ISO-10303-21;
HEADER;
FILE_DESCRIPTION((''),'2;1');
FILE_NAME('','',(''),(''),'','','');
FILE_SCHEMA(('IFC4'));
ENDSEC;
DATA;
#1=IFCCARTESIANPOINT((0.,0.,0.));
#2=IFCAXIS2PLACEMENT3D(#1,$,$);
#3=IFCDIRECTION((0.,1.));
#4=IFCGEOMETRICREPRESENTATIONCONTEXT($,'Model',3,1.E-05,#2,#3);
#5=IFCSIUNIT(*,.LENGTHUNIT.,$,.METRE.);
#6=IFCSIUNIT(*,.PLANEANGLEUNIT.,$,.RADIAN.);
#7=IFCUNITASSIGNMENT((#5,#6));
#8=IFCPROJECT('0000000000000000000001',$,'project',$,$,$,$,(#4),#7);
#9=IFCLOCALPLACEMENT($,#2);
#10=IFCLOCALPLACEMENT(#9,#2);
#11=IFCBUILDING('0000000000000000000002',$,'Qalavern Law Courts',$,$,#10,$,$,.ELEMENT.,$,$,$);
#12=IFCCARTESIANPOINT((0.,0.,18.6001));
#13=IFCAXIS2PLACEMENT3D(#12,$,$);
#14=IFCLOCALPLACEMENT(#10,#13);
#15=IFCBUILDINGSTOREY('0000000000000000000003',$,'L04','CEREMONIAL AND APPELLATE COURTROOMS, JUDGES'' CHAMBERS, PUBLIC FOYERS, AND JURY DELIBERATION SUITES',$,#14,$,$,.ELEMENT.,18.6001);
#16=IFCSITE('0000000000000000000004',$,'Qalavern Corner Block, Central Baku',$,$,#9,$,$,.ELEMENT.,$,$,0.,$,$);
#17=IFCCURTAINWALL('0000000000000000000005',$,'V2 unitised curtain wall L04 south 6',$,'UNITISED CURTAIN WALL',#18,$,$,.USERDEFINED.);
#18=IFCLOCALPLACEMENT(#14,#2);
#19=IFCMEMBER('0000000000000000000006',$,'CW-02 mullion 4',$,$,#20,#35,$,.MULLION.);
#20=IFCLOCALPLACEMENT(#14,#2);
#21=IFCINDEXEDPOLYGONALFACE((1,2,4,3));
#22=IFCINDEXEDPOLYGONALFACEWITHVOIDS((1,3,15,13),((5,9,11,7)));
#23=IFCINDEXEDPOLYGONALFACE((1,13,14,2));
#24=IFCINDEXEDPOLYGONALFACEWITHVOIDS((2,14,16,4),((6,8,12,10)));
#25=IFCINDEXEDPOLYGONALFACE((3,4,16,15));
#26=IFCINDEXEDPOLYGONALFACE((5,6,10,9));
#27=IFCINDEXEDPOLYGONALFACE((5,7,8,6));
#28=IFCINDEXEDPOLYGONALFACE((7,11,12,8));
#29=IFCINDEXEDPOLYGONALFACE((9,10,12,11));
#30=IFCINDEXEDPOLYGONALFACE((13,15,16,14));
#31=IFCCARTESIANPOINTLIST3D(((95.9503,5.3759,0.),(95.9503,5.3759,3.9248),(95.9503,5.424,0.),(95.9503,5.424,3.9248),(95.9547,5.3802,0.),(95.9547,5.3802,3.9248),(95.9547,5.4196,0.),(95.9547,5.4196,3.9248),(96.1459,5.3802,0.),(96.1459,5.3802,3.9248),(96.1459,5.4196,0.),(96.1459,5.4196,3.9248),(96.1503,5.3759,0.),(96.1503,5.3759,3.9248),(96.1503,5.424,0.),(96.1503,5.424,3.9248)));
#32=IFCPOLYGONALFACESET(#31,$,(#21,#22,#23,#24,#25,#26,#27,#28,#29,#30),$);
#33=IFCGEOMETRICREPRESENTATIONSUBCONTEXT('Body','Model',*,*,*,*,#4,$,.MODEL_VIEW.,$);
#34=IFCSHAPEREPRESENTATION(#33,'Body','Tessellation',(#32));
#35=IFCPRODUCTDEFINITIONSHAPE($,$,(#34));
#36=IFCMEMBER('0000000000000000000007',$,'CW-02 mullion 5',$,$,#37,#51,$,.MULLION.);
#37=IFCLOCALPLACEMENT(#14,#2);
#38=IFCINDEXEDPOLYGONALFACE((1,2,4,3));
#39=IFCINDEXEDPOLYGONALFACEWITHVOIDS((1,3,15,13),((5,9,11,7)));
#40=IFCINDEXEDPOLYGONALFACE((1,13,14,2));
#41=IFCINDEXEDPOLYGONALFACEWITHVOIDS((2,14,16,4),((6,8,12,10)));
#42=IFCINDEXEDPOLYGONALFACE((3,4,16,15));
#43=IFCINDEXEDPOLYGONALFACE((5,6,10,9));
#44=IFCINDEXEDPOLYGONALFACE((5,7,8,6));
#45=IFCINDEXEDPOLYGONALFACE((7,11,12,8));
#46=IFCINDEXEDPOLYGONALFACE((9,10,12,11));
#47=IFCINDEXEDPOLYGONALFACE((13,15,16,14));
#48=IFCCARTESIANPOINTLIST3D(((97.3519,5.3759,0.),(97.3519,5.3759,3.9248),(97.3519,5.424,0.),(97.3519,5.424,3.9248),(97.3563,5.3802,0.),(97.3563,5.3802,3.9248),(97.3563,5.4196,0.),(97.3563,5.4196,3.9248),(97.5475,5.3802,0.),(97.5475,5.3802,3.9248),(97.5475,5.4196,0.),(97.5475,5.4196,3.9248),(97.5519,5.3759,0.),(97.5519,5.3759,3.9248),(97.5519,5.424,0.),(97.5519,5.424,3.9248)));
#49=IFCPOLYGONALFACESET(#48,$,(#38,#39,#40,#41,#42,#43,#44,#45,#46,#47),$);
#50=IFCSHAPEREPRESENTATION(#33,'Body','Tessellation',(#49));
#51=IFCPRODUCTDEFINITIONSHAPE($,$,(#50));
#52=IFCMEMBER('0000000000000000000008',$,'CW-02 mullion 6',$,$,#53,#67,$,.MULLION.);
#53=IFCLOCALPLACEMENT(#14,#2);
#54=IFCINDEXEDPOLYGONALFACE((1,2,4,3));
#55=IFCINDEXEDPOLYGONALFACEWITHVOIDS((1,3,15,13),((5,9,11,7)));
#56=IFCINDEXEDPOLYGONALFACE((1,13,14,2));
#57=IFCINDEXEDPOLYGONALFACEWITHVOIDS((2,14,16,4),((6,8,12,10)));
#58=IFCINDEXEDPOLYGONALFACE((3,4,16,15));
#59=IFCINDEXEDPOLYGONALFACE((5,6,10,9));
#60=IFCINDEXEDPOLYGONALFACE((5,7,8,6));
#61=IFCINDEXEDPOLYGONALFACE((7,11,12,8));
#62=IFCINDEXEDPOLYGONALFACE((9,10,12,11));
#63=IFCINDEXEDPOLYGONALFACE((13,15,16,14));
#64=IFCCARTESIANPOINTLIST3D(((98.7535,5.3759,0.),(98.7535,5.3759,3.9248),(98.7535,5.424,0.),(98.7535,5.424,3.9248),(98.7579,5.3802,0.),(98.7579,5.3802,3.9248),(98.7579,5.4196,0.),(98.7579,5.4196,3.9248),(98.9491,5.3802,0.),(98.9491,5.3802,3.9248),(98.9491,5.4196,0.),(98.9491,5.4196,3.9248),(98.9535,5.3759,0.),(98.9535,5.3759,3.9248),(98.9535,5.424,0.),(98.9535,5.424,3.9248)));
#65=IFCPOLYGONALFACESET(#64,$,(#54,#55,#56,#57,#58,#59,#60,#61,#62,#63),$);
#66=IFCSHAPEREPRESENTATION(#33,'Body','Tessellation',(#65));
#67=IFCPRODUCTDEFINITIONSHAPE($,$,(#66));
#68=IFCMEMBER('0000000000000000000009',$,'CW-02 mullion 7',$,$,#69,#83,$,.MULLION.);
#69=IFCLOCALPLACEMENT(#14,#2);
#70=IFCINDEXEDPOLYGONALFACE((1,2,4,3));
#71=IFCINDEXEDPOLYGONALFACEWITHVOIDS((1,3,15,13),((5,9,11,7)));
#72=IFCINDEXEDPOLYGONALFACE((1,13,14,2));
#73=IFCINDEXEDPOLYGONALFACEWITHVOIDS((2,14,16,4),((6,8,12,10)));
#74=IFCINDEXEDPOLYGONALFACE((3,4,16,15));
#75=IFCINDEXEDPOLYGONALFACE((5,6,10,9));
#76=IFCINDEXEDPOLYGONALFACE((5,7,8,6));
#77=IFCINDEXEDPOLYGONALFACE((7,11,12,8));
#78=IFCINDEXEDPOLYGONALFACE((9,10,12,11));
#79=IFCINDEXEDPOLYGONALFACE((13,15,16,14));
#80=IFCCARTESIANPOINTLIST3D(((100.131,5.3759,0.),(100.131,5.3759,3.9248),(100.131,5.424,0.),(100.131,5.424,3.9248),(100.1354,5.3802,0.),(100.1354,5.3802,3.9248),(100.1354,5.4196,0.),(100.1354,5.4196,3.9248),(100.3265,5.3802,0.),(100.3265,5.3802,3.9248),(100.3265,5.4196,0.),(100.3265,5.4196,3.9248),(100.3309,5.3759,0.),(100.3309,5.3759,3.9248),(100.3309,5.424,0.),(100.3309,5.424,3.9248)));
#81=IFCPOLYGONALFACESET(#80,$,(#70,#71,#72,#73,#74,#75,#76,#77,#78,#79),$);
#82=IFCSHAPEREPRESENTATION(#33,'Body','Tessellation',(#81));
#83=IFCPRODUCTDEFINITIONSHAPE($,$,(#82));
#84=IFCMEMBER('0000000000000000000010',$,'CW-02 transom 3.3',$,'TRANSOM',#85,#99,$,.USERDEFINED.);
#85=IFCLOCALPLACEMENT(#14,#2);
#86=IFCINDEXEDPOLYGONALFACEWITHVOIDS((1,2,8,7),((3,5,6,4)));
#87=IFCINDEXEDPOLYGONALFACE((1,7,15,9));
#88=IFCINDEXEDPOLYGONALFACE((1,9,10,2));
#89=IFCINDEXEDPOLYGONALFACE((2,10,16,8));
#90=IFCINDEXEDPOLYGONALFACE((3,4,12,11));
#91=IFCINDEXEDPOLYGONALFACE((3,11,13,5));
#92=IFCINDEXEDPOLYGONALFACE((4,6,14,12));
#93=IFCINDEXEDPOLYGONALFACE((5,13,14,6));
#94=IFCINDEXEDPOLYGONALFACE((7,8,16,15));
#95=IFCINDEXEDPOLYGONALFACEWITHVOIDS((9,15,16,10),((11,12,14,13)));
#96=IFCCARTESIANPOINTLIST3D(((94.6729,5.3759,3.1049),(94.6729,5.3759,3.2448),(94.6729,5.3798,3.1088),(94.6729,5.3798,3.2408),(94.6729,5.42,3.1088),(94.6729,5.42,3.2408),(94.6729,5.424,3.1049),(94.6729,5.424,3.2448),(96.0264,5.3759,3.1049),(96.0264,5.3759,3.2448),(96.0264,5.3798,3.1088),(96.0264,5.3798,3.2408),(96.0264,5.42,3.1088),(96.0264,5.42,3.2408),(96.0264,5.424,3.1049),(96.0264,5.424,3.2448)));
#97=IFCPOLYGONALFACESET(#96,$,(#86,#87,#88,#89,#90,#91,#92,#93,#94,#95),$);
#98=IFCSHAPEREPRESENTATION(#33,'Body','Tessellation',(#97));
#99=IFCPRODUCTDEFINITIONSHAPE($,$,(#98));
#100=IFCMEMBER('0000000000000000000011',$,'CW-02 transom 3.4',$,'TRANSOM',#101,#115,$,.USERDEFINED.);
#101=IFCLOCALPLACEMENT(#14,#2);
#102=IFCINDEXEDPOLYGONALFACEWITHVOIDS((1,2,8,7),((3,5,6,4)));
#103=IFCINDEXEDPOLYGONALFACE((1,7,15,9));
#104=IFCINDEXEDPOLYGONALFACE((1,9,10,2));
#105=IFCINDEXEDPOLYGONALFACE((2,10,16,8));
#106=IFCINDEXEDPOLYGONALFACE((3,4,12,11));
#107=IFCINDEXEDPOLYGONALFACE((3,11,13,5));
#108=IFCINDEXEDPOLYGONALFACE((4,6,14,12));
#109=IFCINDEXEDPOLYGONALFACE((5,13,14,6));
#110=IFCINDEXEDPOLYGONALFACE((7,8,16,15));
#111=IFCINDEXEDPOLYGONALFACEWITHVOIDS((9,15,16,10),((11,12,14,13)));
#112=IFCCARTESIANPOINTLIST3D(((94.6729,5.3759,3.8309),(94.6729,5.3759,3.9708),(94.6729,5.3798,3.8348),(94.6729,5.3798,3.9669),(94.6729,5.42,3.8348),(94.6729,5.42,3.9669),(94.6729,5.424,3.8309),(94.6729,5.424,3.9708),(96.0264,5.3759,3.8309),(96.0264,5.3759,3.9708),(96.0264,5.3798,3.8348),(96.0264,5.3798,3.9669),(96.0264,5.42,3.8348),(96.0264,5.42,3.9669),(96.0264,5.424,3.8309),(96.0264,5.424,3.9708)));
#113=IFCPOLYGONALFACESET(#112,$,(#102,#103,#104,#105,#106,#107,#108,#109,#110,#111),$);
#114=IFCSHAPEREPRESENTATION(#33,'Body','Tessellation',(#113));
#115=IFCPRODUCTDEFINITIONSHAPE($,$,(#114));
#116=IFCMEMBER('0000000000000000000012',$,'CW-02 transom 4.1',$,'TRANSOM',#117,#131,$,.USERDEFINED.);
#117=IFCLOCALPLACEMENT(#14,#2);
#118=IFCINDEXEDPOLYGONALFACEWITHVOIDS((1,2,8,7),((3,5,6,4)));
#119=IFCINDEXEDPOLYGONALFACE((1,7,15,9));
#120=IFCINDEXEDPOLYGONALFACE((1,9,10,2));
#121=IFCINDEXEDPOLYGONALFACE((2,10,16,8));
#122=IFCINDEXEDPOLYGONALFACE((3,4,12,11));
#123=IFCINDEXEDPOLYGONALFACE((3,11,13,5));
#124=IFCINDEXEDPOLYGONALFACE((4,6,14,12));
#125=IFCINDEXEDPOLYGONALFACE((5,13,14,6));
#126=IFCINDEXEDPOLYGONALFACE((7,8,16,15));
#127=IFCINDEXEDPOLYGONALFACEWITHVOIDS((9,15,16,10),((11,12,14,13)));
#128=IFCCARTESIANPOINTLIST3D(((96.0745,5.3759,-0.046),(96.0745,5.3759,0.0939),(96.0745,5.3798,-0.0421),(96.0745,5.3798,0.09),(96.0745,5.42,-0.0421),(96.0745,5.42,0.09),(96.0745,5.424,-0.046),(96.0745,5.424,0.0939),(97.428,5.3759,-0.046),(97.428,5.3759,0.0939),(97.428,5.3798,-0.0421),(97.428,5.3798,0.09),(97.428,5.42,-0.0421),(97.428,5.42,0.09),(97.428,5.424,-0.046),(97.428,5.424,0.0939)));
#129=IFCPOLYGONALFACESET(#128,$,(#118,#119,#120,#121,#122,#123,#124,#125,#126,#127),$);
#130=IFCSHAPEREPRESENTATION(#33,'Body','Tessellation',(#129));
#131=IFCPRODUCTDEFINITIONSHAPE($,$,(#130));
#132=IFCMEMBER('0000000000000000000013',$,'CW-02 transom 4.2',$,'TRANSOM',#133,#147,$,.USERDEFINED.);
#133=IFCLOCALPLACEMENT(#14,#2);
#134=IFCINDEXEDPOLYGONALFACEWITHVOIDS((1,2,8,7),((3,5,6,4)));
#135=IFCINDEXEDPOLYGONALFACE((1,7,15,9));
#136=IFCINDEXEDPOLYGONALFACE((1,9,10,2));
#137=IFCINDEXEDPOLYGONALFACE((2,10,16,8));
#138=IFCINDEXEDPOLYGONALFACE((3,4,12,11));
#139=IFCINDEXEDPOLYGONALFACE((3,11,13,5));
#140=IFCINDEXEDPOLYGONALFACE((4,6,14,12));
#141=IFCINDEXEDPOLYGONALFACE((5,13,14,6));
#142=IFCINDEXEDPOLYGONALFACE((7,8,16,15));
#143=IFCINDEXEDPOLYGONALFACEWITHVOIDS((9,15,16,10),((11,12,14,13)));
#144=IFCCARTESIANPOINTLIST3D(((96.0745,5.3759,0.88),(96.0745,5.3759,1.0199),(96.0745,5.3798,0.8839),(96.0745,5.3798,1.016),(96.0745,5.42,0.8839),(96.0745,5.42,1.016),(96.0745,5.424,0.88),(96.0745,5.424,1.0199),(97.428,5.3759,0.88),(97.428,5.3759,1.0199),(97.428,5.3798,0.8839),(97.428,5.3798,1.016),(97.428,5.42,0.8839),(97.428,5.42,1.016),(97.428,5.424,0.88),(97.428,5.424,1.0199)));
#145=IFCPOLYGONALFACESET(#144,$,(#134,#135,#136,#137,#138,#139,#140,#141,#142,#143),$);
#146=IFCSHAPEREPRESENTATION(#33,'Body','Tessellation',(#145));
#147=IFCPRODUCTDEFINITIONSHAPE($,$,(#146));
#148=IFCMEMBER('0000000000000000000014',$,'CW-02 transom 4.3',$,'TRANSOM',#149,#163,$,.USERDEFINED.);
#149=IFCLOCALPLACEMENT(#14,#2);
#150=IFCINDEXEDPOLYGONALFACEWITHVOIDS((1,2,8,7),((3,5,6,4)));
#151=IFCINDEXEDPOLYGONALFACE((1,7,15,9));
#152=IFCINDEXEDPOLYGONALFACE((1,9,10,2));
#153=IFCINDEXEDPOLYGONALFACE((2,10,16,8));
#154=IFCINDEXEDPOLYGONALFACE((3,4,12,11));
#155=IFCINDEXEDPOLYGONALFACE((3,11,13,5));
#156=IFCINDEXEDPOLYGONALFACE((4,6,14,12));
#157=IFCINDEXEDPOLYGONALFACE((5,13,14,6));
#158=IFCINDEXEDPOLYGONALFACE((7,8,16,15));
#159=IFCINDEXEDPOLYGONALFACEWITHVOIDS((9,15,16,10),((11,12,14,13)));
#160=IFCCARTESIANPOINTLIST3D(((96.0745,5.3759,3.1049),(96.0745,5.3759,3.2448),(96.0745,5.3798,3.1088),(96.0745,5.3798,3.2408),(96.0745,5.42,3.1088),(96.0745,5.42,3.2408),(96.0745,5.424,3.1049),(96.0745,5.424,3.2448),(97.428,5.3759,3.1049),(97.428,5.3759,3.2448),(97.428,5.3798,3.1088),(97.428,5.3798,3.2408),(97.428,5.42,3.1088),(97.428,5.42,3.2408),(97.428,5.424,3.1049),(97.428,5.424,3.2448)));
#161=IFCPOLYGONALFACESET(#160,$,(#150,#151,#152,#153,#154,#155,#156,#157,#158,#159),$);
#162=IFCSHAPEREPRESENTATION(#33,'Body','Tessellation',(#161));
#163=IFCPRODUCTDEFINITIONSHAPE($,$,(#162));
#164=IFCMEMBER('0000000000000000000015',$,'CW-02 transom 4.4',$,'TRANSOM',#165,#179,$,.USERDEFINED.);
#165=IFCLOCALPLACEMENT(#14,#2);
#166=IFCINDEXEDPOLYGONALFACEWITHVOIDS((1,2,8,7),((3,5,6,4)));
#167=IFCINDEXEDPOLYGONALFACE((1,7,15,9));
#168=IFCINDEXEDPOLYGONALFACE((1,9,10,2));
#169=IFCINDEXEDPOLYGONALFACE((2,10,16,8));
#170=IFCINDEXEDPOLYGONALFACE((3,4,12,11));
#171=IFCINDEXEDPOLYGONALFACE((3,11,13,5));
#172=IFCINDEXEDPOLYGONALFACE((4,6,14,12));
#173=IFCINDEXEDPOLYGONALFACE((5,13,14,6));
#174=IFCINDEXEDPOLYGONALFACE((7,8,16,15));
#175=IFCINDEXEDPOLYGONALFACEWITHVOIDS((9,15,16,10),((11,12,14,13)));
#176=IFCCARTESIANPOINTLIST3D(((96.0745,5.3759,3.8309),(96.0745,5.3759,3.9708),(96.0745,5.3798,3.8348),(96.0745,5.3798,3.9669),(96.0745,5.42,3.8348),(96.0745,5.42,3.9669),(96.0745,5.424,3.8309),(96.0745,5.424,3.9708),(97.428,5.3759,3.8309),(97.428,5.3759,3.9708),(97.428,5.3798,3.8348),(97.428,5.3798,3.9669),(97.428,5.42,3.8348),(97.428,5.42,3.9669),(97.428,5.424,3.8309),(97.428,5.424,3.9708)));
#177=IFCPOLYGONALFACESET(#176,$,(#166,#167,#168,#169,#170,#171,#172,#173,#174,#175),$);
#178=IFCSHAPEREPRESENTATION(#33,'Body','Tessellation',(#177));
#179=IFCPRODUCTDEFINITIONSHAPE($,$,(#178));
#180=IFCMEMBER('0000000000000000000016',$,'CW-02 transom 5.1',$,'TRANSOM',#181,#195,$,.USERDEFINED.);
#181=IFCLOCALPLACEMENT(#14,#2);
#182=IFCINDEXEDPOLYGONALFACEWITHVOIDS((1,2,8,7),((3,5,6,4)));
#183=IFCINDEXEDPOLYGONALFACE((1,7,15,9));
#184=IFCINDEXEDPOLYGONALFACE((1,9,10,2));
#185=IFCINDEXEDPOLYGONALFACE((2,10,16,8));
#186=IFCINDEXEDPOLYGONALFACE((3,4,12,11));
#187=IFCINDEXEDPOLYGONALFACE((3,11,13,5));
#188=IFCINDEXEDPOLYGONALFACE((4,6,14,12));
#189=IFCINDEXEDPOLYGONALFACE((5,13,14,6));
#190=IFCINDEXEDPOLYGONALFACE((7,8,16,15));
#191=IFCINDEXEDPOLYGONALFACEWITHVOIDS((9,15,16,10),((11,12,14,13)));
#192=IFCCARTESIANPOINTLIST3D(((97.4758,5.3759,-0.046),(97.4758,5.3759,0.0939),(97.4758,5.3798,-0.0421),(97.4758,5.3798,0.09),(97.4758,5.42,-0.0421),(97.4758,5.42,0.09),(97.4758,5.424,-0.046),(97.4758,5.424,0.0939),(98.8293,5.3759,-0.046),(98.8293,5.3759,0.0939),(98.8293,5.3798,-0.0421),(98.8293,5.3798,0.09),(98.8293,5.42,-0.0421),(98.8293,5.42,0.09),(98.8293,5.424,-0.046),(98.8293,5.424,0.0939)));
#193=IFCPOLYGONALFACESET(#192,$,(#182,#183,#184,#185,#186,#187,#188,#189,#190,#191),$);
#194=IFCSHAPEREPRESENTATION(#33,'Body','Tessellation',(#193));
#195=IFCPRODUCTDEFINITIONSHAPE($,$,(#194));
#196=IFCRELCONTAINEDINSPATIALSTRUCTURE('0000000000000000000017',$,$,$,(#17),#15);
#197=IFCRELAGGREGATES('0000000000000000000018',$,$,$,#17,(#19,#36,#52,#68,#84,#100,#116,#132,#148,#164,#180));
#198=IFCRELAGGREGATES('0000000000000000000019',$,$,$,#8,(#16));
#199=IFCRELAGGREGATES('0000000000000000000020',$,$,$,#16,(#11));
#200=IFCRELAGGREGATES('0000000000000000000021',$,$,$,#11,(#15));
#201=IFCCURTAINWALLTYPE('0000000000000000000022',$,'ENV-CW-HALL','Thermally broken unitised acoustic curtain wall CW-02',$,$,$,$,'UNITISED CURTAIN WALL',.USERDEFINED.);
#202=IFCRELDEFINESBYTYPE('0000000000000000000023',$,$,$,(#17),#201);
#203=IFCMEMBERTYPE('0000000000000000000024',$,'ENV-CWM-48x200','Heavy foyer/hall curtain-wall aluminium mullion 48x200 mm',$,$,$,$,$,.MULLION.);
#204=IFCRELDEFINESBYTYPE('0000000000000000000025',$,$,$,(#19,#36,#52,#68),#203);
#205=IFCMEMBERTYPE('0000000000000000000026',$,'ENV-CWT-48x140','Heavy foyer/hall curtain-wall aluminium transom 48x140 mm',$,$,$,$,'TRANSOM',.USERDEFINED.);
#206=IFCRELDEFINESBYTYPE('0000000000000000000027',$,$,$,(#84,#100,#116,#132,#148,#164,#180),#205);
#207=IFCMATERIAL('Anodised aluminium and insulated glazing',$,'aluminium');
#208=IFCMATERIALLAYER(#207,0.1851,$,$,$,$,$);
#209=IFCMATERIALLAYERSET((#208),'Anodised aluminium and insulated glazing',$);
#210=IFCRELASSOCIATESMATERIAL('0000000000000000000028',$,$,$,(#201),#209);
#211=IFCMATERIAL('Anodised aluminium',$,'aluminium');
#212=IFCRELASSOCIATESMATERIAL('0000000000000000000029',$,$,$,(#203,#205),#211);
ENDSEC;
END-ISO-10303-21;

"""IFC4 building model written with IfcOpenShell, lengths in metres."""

from ifc_helpers import new_model, si_unit, direction, frame, origin, origin_2d, place, context, subcontext, project, spatial, hollow_rectangle, extrude, material, layer, layer_set, material_profile, profile_set, type_object, element, aggregate, save


model = new_model("IFC4")

# Units and contexts
model_context = context("Model", 3, precision=1e-05, world=origin(), true_north=direction((0.0, 1.0)))
body_context = subcontext(model_context, "Body", "Model", "MODEL_VIEW")
ifc_project = project(units=[si_unit("LENGTHUNIT", "METRE"), si_unit("PLANEANGLEUNIT", "RADIAN")], contexts=[model_context])

# Site, building, storey
site_placement = place(None, origin())
site = spatial("IfcSite", under=ifc_project, at=site_placement, Name="Qalavern Corner Block, Central Baku", CompositionType="ELEMENT", RefElevation=0.0)
building_placement = place(site_placement, origin())
building = spatial("IfcBuilding", under=site, at=building_placement, Name="Qalavern Law Courts", CompositionType="ELEMENT")
storey_placement = place(building_placement, frame((0.0, 0.0, 18.6001)))
storey = spatial("IfcBuildingStorey", under=building, at=storey_placement, Name="L04", Description="CEREMONIAL AND APPELLATE COURTROOMS, JUDGES' CHAMBERS, PUBLIC FOYERS, AND JURY DELIBERATION SUITES", CompositionType="ELEMENT", Elevation=18.6001)

# Curtain wall, members
ifc_material_1 = material(Name="Anodised aluminium and insulated glazing", Category="aluminium")
ifc_layer_1 = layer(ifc_material_1, 0.1851)
ifc_layer_set_1 = layer_set([ifc_layer_1], Name="Anodised aluminium and insulated glazing")
curtain_wall_type = type_object("IfcCurtainWallType", Name="ENV-CW-HALL", Description="Thermally broken unitised acoustic curtain wall CW-02", ElementType="UNITISED CURTAIN WALL", PredefinedType="USERDEFINED", material=ifc_layer_set_1)
curtain_wall_placement = place(storey_placement, origin())
curtain_wall = element("IfcCurtainWall", 1, at=curtain_wall_placement, inside=storey, type_object=curtain_wall_type, Name="V2 unitised curtain wall L04 south 6", ObjectType="UNITISED CURTAIN WALL", PredefinedType="USERDEFINED")
ifc_material_2 = material(Name="Anodised aluminium", Category="aluminium")
ifc_material_profile_1 = material_profile(ifc_material_2, hollow_rectangle(XDim=0.0481, YDim=0.2, WallThickness=0.0044, at=origin_2d()), Name="ALU MULLION 48x200")
ifc_profile_set_1 = profile_set([ifc_material_profile_1], Name="Anodised aluminium")
member_type_1 = type_object("IfcMemberType", Name="ENV-CWM-48x200", Description="Heavy foyer/hall curtain-wall aluminium mullion 48x200 mm", PredefinedType="MULLION", material=ifc_profile_set_1)
member_1_placement = place(storey_placement, frame((96.0503, 5.3999, 0.0), z_axis=(0.0, 0.0, 1.0), x_axis=(0.0, 1.0, 0.0)))
member_1 = element("IfcMember", 2, at=member_1_placement, type_object=member_type_1, Name="CW-02 mullion 4", PredefinedType="MULLION", context=body_context, shape_type="SweptSolid", body=[
    extrude(hollow_rectangle(XDim=0.0481, YDim=0.2, WallThickness=0.0044, at=origin_2d()), origin(), (0.0, 0.0, 1.0), 3.9248),
])
member_2_placement = place(storey_placement, frame((97.4519, 5.3999, 0.0), z_axis=(0.0, 0.0, 1.0), x_axis=(0.0, 1.0, 0.0)))
member_2 = element("IfcMember", 3, at=member_2_placement, type_object=member_type_1, Name="CW-02 mullion 5", PredefinedType="MULLION", context=body_context, shape_type="SweptSolid", body=[
    extrude(hollow_rectangle(XDim=0.0481, YDim=0.2, WallThickness=0.0044, at=origin_2d()), origin(), (0.0, 0.0, 1.0), 3.9248),
])
member_3_placement = place(storey_placement, frame((98.8535, 5.3999, 0.0), z_axis=(0.0, 0.0, 1.0), x_axis=(0.0, 1.0, 0.0)))
member_3 = element("IfcMember", 4, at=member_3_placement, type_object=member_type_1, Name="CW-02 mullion 6", PredefinedType="MULLION", context=body_context, shape_type="SweptSolid", body=[
    extrude(hollow_rectangle(XDim=0.0481, YDim=0.2, WallThickness=0.0044, at=origin_2d()), origin(), (0.0, 0.0, 1.0), 3.9248),
])
member_4_placement = place(storey_placement, frame((100.231, 5.3999, 0.0), z_axis=(0.0, 0.0, 1.0), x_axis=(0.0, 1.0, 0.0)))
member_4 = element("IfcMember", 5, at=member_4_placement, type_object=member_type_1, Name="CW-02 mullion 7", PredefinedType="MULLION", context=body_context, shape_type="SweptSolid", body=[
    extrude(hollow_rectangle(XDim=0.0481, YDim=0.2, WallThickness=0.0044, at=origin_2d()), origin(), (0.0, 0.0, 1.0), 3.9248),
])
ifc_material_profile_2 = material_profile(ifc_material_2, hollow_rectangle(XDim=0.0481, YDim=0.1399, WallThickness=0.0039, at=origin_2d()), Name="ALU TRANSOM 48x140")
ifc_profile_set_2 = profile_set([ifc_material_profile_2], Name="Anodised aluminium")
member_type_2 = type_object("IfcMemberType", Name="ENV-CWT-48x140", Description="Heavy foyer/hall curtain-wall aluminium transom 48x140 mm", ElementType="TRANSOM", PredefinedType="USERDEFINED", material=ifc_profile_set_2)
member_5_placement = place(storey_placement, frame((94.6729, 5.3999, 3.1748), z_axis=(1.0, 0.0, 0.0), x_axis=(0.0, 1.0, 0.0)))
member_5 = element("IfcMember", 6, at=member_5_placement, type_object=member_type_2, Name="CW-02 transom 3.3", ObjectType="TRANSOM", PredefinedType="USERDEFINED", context=body_context, shape_type="SweptSolid", body=[
    extrude(hollow_rectangle(XDim=0.0481, YDim=0.1399, WallThickness=0.0039, at=origin_2d()), origin(), (0.0, 0.0, 1.0), 1.3535),
])
member_6_placement = place(storey_placement, frame((94.6729, 5.3999, 3.9009), z_axis=(1.0, 0.0, 0.0), x_axis=(0.0, 1.0, 0.0)))
member_6 = element("IfcMember", 7, at=member_6_placement, type_object=member_type_2, Name="CW-02 transom 3.4", ObjectType="TRANSOM", PredefinedType="USERDEFINED", context=body_context, shape_type="SweptSolid", body=[
    extrude(hollow_rectangle(XDim=0.0481, YDim=0.1399, WallThickness=0.0039, at=origin_2d()), origin(), (0.0, 0.0, 1.0), 1.3535),
])
member_7_placement = place(storey_placement, frame((96.0745, 5.3999, 0.0239), z_axis=(1.0, 0.0, 0.0), x_axis=(0.0, 1.0, 0.0)))
member_7 = element("IfcMember", 8, at=member_7_placement, type_object=member_type_2, Name="CW-02 transom 4.1", ObjectType="TRANSOM", PredefinedType="USERDEFINED", context=body_context, shape_type="SweptSolid", body=[
    extrude(hollow_rectangle(XDim=0.0481, YDim=0.1399, WallThickness=0.0039, at=origin_2d()), origin(), (0.0, 0.0, 1.0), 1.3535),
])
member_8_placement = place(storey_placement, frame((96.0745, 5.3999, 0.95), z_axis=(1.0, 0.0, 0.0), x_axis=(0.0, 1.0, 0.0)))
member_8 = element("IfcMember", 9, at=member_8_placement, type_object=member_type_2, Name="CW-02 transom 4.2", ObjectType="TRANSOM", PredefinedType="USERDEFINED", context=body_context, shape_type="SweptSolid", body=[
    extrude(hollow_rectangle(XDim=0.0481, YDim=0.1399, WallThickness=0.0039, at=origin_2d()), origin(), (0.0, 0.0, 1.0), 1.3535),
])
member_9_placement = place(storey_placement, frame((96.0745, 5.3999, 3.1748), z_axis=(1.0, 0.0, 0.0), x_axis=(0.0, 1.0, 0.0)))
member_9 = element("IfcMember", 10, at=member_9_placement, type_object=member_type_2, Name="CW-02 transom 4.3", ObjectType="TRANSOM", PredefinedType="USERDEFINED", context=body_context, shape_type="SweptSolid", body=[
    extrude(hollow_rectangle(XDim=0.0481, YDim=0.1399, WallThickness=0.0039, at=origin_2d()), origin(), (0.0, 0.0, 1.0), 1.3535),
])
member_10_placement = place(storey_placement, frame((96.0745, 5.3999, 3.9009), z_axis=(1.0, 0.0, 0.0), x_axis=(0.0, 1.0, 0.0)))
member_10 = element("IfcMember", 11, at=member_10_placement, type_object=member_type_2, Name="CW-02 transom 4.4", ObjectType="TRANSOM", PredefinedType="USERDEFINED", context=body_context, shape_type="SweptSolid", body=[
    extrude(hollow_rectangle(XDim=0.0481, YDim=0.1399, WallThickness=0.0039, at=origin_2d()), origin(), (0.0, 0.0, 1.0), 1.3535),
])
member_11_placement = place(storey_placement, frame((97.4758, 5.3999, 0.0239), z_axis=(1.0, 0.0, 0.0), x_axis=(0.0, 1.0, 0.0)))
member_11 = element("IfcMember", 12, at=member_11_placement, type_object=member_type_2, Name="CW-02 transom 5.1", ObjectType="TRANSOM", PredefinedType="USERDEFINED", context=body_context, shape_type="SweptSolid", body=[
    extrude(hollow_rectangle(XDim=0.0481, YDim=0.1399, WallThickness=0.0039, at=origin_2d()), origin(), (0.0, 0.0, 1.0), 1.3535),
])
aggregate(curtain_wall, [member_1, member_2, member_3, member_4, member_5, member_6, member_7, member_8, member_9, member_10, member_11])

save(model, "model.ifc")
